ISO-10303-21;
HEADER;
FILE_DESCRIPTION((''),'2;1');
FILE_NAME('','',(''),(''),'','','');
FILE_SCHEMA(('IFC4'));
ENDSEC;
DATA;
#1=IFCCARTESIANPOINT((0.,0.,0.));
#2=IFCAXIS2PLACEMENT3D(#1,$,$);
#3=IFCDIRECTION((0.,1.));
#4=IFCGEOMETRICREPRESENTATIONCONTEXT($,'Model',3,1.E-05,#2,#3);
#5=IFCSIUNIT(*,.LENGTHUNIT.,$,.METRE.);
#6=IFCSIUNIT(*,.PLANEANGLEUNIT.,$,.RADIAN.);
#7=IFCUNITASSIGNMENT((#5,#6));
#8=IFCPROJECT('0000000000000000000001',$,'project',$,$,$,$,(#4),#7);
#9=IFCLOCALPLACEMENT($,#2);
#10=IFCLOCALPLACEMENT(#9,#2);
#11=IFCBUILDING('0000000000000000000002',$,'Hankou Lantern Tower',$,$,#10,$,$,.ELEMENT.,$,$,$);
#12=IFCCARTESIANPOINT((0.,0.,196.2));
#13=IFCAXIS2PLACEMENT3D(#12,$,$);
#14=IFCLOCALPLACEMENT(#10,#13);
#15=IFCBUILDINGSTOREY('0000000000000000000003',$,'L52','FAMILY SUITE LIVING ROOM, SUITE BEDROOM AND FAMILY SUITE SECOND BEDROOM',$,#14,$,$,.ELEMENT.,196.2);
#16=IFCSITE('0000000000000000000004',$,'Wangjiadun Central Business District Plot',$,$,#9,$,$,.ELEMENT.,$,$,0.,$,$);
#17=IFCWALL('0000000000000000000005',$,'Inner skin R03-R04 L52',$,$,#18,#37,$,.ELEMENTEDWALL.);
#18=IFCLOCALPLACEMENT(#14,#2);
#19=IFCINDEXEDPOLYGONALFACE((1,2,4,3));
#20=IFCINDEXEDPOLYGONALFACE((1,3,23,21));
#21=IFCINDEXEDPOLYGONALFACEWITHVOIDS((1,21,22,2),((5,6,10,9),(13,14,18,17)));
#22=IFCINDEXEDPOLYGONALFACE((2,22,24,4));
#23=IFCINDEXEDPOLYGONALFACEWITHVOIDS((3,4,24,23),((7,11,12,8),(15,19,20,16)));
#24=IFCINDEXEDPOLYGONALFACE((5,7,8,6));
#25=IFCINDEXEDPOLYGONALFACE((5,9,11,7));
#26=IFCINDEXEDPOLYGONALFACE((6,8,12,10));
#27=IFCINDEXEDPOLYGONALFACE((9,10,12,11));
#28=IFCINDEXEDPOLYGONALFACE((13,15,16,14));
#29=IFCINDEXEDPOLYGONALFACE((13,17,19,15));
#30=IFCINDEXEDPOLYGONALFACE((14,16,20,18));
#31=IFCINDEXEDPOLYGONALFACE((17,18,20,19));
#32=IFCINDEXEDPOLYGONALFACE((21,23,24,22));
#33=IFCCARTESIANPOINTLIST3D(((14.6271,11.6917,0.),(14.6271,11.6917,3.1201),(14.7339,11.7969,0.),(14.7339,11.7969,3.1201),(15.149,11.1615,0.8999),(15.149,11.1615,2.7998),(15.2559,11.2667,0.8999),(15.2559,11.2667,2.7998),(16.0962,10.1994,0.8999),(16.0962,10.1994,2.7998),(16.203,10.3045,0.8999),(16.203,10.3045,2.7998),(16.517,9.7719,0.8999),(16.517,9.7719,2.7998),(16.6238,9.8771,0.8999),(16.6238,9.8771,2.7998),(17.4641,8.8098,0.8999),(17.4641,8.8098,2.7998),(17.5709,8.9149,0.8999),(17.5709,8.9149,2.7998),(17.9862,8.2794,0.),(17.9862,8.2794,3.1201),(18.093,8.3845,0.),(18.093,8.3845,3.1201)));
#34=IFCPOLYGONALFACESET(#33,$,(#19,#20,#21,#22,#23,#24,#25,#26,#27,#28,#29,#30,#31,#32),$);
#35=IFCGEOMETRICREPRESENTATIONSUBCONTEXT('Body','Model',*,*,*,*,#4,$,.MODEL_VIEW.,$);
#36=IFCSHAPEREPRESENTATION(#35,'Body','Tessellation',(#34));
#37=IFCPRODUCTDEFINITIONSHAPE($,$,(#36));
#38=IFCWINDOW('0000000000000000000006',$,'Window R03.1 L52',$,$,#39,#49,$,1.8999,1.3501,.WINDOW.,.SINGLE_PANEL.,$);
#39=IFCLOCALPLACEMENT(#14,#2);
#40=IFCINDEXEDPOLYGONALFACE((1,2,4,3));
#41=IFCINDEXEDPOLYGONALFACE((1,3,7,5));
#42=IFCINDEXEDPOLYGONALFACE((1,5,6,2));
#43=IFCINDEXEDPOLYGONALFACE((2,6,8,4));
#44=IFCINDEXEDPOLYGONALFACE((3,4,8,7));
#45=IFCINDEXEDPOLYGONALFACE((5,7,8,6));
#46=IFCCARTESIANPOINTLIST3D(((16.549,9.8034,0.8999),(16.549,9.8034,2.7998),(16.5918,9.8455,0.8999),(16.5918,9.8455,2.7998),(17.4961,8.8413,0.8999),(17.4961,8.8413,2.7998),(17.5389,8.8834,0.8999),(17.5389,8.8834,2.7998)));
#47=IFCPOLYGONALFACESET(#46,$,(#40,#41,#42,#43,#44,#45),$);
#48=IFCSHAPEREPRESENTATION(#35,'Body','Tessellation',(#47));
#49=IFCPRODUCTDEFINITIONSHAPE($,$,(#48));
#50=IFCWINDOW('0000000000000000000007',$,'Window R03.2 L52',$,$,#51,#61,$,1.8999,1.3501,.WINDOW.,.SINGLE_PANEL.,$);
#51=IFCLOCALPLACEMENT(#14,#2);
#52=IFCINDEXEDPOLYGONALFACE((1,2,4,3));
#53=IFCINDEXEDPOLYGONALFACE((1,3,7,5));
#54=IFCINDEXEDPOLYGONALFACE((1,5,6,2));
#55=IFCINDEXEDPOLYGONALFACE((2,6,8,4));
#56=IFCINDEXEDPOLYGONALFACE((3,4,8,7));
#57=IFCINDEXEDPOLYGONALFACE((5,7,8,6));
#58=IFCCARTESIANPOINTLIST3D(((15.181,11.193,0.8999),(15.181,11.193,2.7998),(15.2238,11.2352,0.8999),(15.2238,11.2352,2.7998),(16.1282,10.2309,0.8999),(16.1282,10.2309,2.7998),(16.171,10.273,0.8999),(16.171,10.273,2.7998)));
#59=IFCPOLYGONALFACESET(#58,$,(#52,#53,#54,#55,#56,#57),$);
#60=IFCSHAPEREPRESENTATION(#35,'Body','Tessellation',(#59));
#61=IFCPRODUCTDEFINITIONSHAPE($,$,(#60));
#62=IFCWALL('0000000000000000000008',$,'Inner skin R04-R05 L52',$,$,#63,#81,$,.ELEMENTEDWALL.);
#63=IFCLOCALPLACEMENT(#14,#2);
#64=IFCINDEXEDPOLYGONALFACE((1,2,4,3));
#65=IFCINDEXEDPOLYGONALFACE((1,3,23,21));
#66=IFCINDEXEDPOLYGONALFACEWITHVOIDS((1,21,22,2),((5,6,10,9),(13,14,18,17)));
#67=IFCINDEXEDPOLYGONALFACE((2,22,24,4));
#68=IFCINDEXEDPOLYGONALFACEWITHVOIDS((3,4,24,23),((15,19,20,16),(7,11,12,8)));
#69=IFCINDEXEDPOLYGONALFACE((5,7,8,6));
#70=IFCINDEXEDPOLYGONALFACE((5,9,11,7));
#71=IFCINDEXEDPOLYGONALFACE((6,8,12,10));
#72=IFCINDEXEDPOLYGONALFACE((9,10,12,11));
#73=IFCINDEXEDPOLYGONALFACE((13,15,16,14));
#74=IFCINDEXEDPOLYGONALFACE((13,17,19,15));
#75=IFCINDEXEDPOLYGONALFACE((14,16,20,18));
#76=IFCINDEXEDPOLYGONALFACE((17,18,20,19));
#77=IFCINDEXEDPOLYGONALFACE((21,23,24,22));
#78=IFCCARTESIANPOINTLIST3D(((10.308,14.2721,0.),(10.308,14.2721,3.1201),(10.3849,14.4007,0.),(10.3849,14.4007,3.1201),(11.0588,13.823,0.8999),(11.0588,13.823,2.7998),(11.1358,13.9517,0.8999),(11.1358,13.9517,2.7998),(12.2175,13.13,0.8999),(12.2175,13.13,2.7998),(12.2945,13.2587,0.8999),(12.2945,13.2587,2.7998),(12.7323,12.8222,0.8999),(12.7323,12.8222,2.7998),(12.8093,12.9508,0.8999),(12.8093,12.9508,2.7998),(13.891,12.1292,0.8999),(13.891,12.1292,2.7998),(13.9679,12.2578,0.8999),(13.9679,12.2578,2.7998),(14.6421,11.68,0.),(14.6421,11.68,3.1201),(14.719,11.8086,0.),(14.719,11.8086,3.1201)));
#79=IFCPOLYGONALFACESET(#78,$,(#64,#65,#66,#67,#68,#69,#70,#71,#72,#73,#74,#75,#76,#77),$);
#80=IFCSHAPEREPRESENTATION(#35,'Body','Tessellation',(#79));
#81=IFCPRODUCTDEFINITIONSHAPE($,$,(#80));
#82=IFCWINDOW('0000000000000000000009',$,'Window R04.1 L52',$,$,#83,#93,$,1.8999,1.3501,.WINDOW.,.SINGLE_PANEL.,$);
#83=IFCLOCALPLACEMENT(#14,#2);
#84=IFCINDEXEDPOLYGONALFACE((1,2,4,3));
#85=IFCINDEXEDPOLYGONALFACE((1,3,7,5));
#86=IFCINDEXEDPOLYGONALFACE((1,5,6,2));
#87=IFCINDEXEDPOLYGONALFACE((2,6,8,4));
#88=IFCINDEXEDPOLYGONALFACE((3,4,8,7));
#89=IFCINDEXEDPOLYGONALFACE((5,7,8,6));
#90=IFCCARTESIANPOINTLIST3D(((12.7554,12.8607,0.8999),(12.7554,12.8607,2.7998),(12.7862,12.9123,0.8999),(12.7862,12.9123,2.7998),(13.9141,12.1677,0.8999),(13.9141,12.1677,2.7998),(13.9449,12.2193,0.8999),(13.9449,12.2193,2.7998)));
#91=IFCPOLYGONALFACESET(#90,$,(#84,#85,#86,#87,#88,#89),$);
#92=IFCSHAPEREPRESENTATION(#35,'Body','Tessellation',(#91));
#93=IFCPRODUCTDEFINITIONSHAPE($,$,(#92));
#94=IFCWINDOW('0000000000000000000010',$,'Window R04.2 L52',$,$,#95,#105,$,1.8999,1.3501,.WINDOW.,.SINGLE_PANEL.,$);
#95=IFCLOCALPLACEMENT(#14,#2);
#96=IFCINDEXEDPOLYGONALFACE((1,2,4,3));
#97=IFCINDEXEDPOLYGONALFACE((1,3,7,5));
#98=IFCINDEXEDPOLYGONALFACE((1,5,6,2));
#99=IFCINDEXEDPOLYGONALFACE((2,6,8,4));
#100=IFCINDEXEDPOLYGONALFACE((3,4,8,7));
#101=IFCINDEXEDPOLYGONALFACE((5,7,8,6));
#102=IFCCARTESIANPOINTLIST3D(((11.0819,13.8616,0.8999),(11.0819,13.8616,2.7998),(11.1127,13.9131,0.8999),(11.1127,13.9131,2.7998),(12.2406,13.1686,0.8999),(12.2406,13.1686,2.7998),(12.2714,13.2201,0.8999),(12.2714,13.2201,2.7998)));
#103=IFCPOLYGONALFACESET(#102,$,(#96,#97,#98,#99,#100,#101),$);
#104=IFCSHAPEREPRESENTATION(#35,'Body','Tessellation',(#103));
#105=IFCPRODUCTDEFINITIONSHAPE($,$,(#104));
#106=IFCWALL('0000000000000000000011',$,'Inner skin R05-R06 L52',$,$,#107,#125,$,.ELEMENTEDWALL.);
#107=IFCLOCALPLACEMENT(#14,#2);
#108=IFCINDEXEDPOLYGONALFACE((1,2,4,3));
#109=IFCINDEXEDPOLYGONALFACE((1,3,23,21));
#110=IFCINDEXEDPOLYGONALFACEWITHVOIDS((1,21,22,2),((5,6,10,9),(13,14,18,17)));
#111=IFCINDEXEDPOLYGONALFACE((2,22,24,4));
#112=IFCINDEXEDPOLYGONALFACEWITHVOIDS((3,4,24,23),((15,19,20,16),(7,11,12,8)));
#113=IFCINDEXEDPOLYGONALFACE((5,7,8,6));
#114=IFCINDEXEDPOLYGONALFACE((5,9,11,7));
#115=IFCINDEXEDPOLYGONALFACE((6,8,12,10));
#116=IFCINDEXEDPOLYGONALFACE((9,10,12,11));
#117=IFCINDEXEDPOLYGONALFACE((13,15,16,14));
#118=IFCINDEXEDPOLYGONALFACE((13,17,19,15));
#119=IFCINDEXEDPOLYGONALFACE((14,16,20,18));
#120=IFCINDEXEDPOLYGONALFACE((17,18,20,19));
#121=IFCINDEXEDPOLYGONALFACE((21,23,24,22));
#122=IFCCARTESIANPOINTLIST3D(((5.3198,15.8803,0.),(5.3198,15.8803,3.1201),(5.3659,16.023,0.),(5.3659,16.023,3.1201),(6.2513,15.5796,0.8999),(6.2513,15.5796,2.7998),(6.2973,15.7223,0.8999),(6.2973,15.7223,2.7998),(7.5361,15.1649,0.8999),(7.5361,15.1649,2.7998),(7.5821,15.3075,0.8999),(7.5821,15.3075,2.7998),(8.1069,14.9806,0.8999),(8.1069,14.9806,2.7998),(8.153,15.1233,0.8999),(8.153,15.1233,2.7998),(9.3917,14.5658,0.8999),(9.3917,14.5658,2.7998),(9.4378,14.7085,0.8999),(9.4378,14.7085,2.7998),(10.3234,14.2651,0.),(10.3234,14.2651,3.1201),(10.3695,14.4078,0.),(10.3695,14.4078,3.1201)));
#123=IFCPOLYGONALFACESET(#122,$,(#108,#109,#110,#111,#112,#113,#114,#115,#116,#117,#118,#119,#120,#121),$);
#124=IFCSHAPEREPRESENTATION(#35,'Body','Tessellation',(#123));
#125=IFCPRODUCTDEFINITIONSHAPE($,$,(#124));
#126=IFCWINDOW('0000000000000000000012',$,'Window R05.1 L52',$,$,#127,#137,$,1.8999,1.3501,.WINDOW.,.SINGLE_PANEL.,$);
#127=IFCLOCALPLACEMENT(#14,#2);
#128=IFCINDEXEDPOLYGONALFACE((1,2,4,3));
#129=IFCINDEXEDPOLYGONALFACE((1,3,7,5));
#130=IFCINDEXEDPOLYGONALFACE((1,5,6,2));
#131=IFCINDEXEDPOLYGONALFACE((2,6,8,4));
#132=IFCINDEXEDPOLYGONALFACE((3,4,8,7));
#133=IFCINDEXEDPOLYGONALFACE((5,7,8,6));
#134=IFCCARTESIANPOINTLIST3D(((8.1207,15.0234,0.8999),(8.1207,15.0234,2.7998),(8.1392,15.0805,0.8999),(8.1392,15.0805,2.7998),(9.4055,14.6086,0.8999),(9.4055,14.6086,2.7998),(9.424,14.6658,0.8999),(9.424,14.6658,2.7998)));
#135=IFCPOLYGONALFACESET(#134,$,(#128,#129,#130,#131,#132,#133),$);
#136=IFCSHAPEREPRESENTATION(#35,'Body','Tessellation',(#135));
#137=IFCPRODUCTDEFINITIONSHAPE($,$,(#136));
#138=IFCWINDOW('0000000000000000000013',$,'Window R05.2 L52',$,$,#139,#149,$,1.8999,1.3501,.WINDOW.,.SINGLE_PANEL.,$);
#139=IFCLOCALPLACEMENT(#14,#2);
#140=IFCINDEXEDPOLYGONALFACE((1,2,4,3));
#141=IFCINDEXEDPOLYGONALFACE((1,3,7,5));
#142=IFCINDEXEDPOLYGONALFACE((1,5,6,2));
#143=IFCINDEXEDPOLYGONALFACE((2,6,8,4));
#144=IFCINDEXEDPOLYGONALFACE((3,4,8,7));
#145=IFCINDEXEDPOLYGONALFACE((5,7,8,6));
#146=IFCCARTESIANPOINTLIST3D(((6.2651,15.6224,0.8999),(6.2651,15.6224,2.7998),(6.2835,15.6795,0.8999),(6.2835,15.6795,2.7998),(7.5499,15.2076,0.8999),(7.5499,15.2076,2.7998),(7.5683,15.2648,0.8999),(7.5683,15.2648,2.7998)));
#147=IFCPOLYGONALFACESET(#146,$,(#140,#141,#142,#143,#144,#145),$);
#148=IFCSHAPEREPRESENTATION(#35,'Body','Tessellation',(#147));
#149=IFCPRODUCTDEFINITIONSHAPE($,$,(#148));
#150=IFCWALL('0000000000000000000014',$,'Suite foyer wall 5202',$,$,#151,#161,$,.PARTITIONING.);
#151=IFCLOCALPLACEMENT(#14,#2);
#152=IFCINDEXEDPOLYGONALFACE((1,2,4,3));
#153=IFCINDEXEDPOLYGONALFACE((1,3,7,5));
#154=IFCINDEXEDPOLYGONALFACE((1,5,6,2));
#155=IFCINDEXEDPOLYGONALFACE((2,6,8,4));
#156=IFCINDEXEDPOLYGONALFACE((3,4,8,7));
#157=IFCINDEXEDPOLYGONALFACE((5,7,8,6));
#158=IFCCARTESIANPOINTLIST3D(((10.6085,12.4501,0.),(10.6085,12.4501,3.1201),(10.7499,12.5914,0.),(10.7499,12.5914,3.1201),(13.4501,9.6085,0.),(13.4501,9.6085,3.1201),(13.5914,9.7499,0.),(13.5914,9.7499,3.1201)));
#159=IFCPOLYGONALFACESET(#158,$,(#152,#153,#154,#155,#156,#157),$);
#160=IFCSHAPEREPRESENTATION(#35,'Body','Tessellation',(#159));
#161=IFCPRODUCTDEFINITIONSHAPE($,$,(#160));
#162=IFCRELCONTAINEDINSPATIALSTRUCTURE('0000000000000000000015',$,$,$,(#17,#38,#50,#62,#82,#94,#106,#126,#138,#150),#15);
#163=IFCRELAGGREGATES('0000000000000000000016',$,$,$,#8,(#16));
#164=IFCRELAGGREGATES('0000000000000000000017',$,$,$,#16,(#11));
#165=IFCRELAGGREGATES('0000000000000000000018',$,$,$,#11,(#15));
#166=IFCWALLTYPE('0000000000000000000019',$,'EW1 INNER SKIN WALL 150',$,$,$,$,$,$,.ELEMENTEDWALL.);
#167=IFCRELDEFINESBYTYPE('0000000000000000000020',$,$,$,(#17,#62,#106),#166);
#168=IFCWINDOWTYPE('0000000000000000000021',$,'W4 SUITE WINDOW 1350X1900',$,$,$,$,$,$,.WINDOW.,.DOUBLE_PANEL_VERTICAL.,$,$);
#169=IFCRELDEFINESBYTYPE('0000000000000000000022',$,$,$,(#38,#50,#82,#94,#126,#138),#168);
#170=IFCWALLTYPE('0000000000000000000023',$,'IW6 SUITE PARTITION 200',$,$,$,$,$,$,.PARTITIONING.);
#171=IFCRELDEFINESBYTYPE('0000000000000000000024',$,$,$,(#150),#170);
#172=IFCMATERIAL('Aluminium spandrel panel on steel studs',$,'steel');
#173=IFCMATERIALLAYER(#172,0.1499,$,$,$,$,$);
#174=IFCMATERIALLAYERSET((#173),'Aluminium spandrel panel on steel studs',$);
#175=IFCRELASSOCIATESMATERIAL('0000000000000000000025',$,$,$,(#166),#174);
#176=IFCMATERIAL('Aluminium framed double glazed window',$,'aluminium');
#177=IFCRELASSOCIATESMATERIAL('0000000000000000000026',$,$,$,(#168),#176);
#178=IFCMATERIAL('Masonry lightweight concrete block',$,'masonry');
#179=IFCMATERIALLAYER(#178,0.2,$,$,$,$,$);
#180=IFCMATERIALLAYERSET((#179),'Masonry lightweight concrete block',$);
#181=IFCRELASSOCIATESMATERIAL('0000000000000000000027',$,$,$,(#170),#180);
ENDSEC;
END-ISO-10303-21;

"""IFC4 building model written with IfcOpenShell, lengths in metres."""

from ifc_helpers import new_model, si_unit, direction, frame, frame_2d, origin, place, context, subcontext, project, spatial, rectangle, extrude, material, layer, layer_set, type_object, element, fill, save


model = new_model("IFC4")

# Units and contexts
model_context = context("Model", 3, precision=1e-05, world=origin(), true_north=direction((0.0, 1.0)))
body_context = subcontext(model_context, "Body", "Model", "MODEL_VIEW")
ifc_project = project(units=[si_unit("LENGTHUNIT", "METRE"), si_unit("PLANEANGLEUNIT", "RADIAN")], contexts=[model_context])

# Site, building, storey
site_placement = place(None, origin())
site = spatial("IfcSite", under=ifc_project, at=site_placement, Name="Wangjiadun Central Business District Plot", CompositionType="ELEMENT", RefElevation=0.0)
building_placement = place(site_placement, origin())
building = spatial("IfcBuilding", under=site, at=building_placement, Name="Hankou Lantern Tower", CompositionType="ELEMENT")
storey_placement = place(building_placement, frame((0.0, 0.0, 196.2)))
storey = spatial("IfcBuildingStorey", under=building, at=storey_placement, Name="L52", Description="FAMILY SUITE LIVING ROOM, SUITE BEDROOM AND FAMILY SUITE SECOND BEDROOM", CompositionType="ELEMENT", Elevation=196.2)

# Walls, openings, windows
ifc_material_1 = material(Name="Aluminium spandrel panel on steel studs", Category="steel")
ifc_layer_1 = layer(ifc_material_1, 0.1499)
ifc_layer_set_1 = layer_set([ifc_layer_1], Name="Aluminium spandrel panel on steel studs")
wall_type_1 = type_object("IfcWallType", Name="EW1 INNER SKIN WALL 150", PredefinedType="ELEMENTEDWALL", material=ifc_layer_set_1)
wall_1_placement = place(storey_placement, frame((18.0396, 8.332, 0.0), z_axis=(0.0, 0.0, 1.0), x_axis=(-0.701527, 0.712643, 0.0)))
wall_1 = element("IfcWall", 1, at=wall_1_placement, inside=storey, type_object=wall_type_1, Name="Inner skin R03-R04 L52", PredefinedType="ELEMENTEDWALL", context=body_context, shape_type="SweptSolid", body=[
    extrude(rectangle(XDim=4.7883, YDim=0.1499, at=frame_2d((2.394, 0.0))), origin(), (0.0, 0.0, 1.0), 3.1201),
])
opening_1_placement = place(wall_1_placement, frame((0.7441, 0.0, 0.8999)))
opening_1 = element("IfcOpeningElement", 2, at=opening_1_placement, cuts=wall_1, PredefinedType="OPENING", context=body_context, shape_type="SweptSolid", body=[
    extrude(rectangle(XDim=1.3501, YDim=1.8999, at=frame_2d((0.675, 0.95))), frame((0.0, 0.085, 0.0), z_axis=(0.0, -1.0, 0.0), x_axis=(1.0, 0.0, 0.0)), (0.0, 0.0, 1.0), 0.1699),
])
opening_2_placement = place(wall_1_placement, frame((2.6941, 0.0, 0.8999)))
opening_2 = element("IfcOpeningElement", 3, at=opening_2_placement, cuts=wall_1, PredefinedType="OPENING", context=body_context, shape_type="SweptSolid", body=[
    extrude(rectangle(XDim=1.3501, YDim=1.8999, at=frame_2d((0.675, 0.95))), frame((0.0, 0.085, 0.0), z_axis=(0.0, -1.0, 0.0), x_axis=(1.0, 0.0, 0.0)), (0.0, 0.0, 1.0), 0.1699),
])
ifc_material_2 = material(Name="Aluminium framed double glazed window", Category="aluminium")
window_type = type_object("IfcWindowType", Name="W4 SUITE WINDOW 1350X1900", PartitioningType="DOUBLE_PANEL_VERTICAL", PredefinedType="WINDOW", material=ifc_material_2)
window_1_placement = place(opening_1_placement, origin())
window_1 = element("IfcWindow", 4, at=window_1_placement, inside=storey, type_object=window_type, Name="Window R03.1 L52", OverallHeight=1.8999, OverallWidth=1.3501, PartitioningType="SINGLE_PANEL", PredefinedType="WINDOW", context=body_context, shape_type="SweptSolid", body=[
    extrude(rectangle(XDim=1.3501, YDim=1.8999, at=frame_2d((0.675, 0.95))), frame((0.0, 0.03, 0.0), z_axis=(0.0, -1.0, 0.0), x_axis=(1.0, 0.0, 0.0)), (0.0, 0.0, 1.0), 0.0601),
])
fill(opening_1, window_1)
window_2_placement = place(opening_2_placement, origin())
window_2 = element("IfcWindow", 5, at=window_2_placement, inside=storey, type_object=window_type, Name="Window R03.2 L52", OverallHeight=1.8999, OverallWidth=1.3501, PartitioningType="SINGLE_PANEL", PredefinedType="WINDOW", context=body_context, shape_type="SweptSolid", body=[
    extrude(rectangle(XDim=1.3501, YDim=1.8999, at=frame_2d((0.675, 0.95))), frame((0.0, 0.03, 0.0), z_axis=(0.0, -1.0, 0.0), x_axis=(1.0, 0.0, 0.0)), (0.0, 0.0, 1.0), 0.0601),
])
fill(opening_2, window_2)
wall_2_placement = place(storey_placement, frame((14.6804, 11.7444, 0.0), z_axis=(0.0, 0.0, 1.0), x_axis=(-0.858222, 0.51328, 0.0)))
wall_2 = element("IfcWall", 6, at=wall_2_placement, inside=storey, type_object=wall_type_1, Name="Inner skin R04-R05 L52", PredefinedType="ELEMENTEDWALL", context=body_context, shape_type="SweptSolid", body=[
    extrude(rectangle(XDim=5.05, YDim=0.1499, at=frame_2d((2.5249, 0.0))), origin(), (0.0, 0.0, 1.0), 3.1201),
])
opening_3_placement = place(wall_2_placement, frame((0.875, 0.0, 0.8999)))
opening_3 = element("IfcOpeningElement", 7, at=opening_3_placement, cuts=wall_2, PredefinedType="OPENING", context=body_context, shape_type="SweptSolid", body=[
    extrude(rectangle(XDim=1.3501, YDim=1.8999, at=frame_2d((0.675, 0.95))), frame((0.0, 0.085, 0.0), z_axis=(0.0, -1.0, 0.0), x_axis=(1.0, 0.0, 0.0)), (0.0, 0.0, 1.0), 0.1699),
])
opening_4_placement = place(wall_2_placement, frame((2.825, 0.0, 0.8999)))
opening_4 = element("IfcOpeningElement", 8, at=opening_4_placement, cuts=wall_2, PredefinedType="OPENING", context=body_context, shape_type="SweptSolid", body=[
    extrude(rectangle(XDim=1.3501, YDim=1.8999, at=frame_2d((0.675, 0.95))), frame((0.0, 0.085, 0.0), z_axis=(0.0, -1.0, 0.0), x_axis=(1.0, 0.0, 0.0)), (0.0, 0.0, 1.0), 0.1699),
])
window_3_placement = place(opening_3_placement, origin())
window_3 = element("IfcWindow", 9, at=window_3_placement, inside=storey, type_object=window_type, Name="Window R04.1 L52", OverallHeight=1.8999, OverallWidth=1.3501, PartitioningType="SINGLE_PANEL", PredefinedType="WINDOW", context=body_context, shape_type="SweptSolid", body=[
    extrude(rectangle(XDim=1.3501, YDim=1.8999, at=frame_2d((0.675, 0.95))), frame((0.0, 0.03, 0.0), z_axis=(0.0, -1.0, 0.0), x_axis=(1.0, 0.0, 0.0)), (0.0, 0.0, 1.0), 0.0601),
])
fill(opening_3, window_3)
window_4_placement = place(opening_4_placement, origin())
window_4 = element("IfcWindow", 10, at=window_4_placement, inside=storey, type_object=window_type, Name="Window R04.2 L52", OverallHeight=1.8999, OverallWidth=1.3501, PartitioningType="SINGLE_PANEL", PredefinedType="WINDOW", context=body_context, shape_type="SweptSolid", body=[
    extrude(rectangle(XDim=1.3501, YDim=1.8999, at=frame_2d((0.675, 0.95))), frame((0.0, 0.03, 0.0), z_axis=(0.0, -1.0, 0.0), x_axis=(1.0, 0.0, 0.0)), (0.0, 0.0, 1.0), 0.0601),
])
fill(opening_4, window_4)
wall_3_placement = place(storey_placement, frame((10.3464, 14.3364, 0.0), z_axis=(0.0, 0.0, 1.0), x_axis=(-0.951645, 0.307201, 0.0)))
wall_3 = element("IfcWall", 11, at=wall_3_placement, inside=storey, type_object=wall_type_1, Name="Inner skin R05-R06 L52", PredefinedType="ELEMENTEDWALL", context=body_context, shape_type="SweptSolid", body=[
    extrude(rectangle(XDim=5.2578, YDim=0.1499, at=frame_2d((2.6289, 0.0))), origin(), (0.0, 0.0, 1.0), 3.1201),
])
opening_5_placement = place(wall_3_placement, frame((0.979, 0.0, 0.8999)))
opening_5 = element("IfcOpeningElement", 12, at=opening_5_placement, cuts=wall_3, PredefinedType="OPENING", context=body_context, shape_type="SweptSolid", body=[
    extrude(rectangle(XDim=1.3501, YDim=1.8999, at=frame_2d((0.675, 0.95))), frame((0.0, 0.085, 0.0), z_axis=(0.0, -1.0, 0.0), x_axis=(1.0, 0.0, 0.0)), (0.0, 0.0, 1.0), 0.1699),
])
opening_6_placement = place(wall_3_placement, frame((2.929, 0.0, 0.8999)))
opening_6 = element("IfcOpeningElement", 13, at=opening_6_placement, cuts=wall_3, PredefinedType="OPENING", context=body_context, shape_type="SweptSolid", body=[
    extrude(rectangle(XDim=1.3501, YDim=1.8999, at=frame_2d((0.675, 0.95))), frame((0.0, 0.085, 0.0), z_axis=(0.0, -1.0, 0.0), x_axis=(1.0, 0.0, 0.0)), (0.0, 0.0, 1.0), 0.1699),
])
window_5_placement = place(opening_5_placement, origin())
window_5 = element("IfcWindow", 14, at=window_5_placement, inside=storey, type_object=window_type, Name="Window R05.1 L52", OverallHeight=1.8999, OverallWidth=1.3501, PartitioningType="SINGLE_PANEL", PredefinedType="WINDOW", context=body_context, shape_type="SweptSolid", body=[
    extrude(rectangle(XDim=1.3501, YDim=1.8999, at=frame_2d((0.675, 0.95))), frame((0.0, 0.03, 0.0), z_axis=(0.0, -1.0, 0.0), x_axis=(1.0, 0.0, 0.0)), (0.0, 0.0, 1.0), 0.0601),
])
fill(opening_5, window_5)
window_6_placement = place(opening_6_placement, origin())
window_6 = element("IfcWindow", 15, at=window_6_placement, inside=storey, type_object=window_type, Name="Window R05.2 L52", OverallHeight=1.8999, OverallWidth=1.3501, PartitioningType="SINGLE_PANEL", PredefinedType="WINDOW", context=body_context, shape_type="SweptSolid", body=[
    extrude(rectangle(XDim=1.3501, YDim=1.8999, at=frame_2d((0.675, 0.95))), frame((0.0, 0.03, 0.0), z_axis=(0.0, -1.0, 0.0), x_axis=(1.0, 0.0, 0.0)), (0.0, 0.0, 1.0), 0.0601),
])
fill(opening_6, window_6)

# Wall
ifc_material_3 = material(Name="Masonry lightweight concrete block", Category="masonry")
ifc_layer_2 = layer(ifc_material_3, 0.2)
ifc_layer_set_2 = layer_set([ifc_layer_2], Name="Masonry lightweight concrete block")
wall_type_2 = type_object("IfcWallType", Name="IW6 SUITE PARTITION 200", PredefinedType="PARTITIONING", material=ifc_layer_set_2)
wall_4_placement = place(storey_placement, frame((13.5208, 9.6792, 0.0), z_axis=(0.0, 0.0, 1.0), x_axis=(-0.707107, 0.707107, 0.0)))
element("IfcWall", 16, at=wall_4_placement, inside=storey, type_object=wall_type_2, Name="Suite foyer wall 5202", PredefinedType="PARTITIONING", context=body_context, shape_type="SweptSolid", body=[
    extrude(rectangle(XDim=4.0186, YDim=0.2, at=frame_2d((2.0093, 0.0))), origin(), (0.0, 0.0, 1.0), 3.1201),
])

save(model, "model.ifc")
